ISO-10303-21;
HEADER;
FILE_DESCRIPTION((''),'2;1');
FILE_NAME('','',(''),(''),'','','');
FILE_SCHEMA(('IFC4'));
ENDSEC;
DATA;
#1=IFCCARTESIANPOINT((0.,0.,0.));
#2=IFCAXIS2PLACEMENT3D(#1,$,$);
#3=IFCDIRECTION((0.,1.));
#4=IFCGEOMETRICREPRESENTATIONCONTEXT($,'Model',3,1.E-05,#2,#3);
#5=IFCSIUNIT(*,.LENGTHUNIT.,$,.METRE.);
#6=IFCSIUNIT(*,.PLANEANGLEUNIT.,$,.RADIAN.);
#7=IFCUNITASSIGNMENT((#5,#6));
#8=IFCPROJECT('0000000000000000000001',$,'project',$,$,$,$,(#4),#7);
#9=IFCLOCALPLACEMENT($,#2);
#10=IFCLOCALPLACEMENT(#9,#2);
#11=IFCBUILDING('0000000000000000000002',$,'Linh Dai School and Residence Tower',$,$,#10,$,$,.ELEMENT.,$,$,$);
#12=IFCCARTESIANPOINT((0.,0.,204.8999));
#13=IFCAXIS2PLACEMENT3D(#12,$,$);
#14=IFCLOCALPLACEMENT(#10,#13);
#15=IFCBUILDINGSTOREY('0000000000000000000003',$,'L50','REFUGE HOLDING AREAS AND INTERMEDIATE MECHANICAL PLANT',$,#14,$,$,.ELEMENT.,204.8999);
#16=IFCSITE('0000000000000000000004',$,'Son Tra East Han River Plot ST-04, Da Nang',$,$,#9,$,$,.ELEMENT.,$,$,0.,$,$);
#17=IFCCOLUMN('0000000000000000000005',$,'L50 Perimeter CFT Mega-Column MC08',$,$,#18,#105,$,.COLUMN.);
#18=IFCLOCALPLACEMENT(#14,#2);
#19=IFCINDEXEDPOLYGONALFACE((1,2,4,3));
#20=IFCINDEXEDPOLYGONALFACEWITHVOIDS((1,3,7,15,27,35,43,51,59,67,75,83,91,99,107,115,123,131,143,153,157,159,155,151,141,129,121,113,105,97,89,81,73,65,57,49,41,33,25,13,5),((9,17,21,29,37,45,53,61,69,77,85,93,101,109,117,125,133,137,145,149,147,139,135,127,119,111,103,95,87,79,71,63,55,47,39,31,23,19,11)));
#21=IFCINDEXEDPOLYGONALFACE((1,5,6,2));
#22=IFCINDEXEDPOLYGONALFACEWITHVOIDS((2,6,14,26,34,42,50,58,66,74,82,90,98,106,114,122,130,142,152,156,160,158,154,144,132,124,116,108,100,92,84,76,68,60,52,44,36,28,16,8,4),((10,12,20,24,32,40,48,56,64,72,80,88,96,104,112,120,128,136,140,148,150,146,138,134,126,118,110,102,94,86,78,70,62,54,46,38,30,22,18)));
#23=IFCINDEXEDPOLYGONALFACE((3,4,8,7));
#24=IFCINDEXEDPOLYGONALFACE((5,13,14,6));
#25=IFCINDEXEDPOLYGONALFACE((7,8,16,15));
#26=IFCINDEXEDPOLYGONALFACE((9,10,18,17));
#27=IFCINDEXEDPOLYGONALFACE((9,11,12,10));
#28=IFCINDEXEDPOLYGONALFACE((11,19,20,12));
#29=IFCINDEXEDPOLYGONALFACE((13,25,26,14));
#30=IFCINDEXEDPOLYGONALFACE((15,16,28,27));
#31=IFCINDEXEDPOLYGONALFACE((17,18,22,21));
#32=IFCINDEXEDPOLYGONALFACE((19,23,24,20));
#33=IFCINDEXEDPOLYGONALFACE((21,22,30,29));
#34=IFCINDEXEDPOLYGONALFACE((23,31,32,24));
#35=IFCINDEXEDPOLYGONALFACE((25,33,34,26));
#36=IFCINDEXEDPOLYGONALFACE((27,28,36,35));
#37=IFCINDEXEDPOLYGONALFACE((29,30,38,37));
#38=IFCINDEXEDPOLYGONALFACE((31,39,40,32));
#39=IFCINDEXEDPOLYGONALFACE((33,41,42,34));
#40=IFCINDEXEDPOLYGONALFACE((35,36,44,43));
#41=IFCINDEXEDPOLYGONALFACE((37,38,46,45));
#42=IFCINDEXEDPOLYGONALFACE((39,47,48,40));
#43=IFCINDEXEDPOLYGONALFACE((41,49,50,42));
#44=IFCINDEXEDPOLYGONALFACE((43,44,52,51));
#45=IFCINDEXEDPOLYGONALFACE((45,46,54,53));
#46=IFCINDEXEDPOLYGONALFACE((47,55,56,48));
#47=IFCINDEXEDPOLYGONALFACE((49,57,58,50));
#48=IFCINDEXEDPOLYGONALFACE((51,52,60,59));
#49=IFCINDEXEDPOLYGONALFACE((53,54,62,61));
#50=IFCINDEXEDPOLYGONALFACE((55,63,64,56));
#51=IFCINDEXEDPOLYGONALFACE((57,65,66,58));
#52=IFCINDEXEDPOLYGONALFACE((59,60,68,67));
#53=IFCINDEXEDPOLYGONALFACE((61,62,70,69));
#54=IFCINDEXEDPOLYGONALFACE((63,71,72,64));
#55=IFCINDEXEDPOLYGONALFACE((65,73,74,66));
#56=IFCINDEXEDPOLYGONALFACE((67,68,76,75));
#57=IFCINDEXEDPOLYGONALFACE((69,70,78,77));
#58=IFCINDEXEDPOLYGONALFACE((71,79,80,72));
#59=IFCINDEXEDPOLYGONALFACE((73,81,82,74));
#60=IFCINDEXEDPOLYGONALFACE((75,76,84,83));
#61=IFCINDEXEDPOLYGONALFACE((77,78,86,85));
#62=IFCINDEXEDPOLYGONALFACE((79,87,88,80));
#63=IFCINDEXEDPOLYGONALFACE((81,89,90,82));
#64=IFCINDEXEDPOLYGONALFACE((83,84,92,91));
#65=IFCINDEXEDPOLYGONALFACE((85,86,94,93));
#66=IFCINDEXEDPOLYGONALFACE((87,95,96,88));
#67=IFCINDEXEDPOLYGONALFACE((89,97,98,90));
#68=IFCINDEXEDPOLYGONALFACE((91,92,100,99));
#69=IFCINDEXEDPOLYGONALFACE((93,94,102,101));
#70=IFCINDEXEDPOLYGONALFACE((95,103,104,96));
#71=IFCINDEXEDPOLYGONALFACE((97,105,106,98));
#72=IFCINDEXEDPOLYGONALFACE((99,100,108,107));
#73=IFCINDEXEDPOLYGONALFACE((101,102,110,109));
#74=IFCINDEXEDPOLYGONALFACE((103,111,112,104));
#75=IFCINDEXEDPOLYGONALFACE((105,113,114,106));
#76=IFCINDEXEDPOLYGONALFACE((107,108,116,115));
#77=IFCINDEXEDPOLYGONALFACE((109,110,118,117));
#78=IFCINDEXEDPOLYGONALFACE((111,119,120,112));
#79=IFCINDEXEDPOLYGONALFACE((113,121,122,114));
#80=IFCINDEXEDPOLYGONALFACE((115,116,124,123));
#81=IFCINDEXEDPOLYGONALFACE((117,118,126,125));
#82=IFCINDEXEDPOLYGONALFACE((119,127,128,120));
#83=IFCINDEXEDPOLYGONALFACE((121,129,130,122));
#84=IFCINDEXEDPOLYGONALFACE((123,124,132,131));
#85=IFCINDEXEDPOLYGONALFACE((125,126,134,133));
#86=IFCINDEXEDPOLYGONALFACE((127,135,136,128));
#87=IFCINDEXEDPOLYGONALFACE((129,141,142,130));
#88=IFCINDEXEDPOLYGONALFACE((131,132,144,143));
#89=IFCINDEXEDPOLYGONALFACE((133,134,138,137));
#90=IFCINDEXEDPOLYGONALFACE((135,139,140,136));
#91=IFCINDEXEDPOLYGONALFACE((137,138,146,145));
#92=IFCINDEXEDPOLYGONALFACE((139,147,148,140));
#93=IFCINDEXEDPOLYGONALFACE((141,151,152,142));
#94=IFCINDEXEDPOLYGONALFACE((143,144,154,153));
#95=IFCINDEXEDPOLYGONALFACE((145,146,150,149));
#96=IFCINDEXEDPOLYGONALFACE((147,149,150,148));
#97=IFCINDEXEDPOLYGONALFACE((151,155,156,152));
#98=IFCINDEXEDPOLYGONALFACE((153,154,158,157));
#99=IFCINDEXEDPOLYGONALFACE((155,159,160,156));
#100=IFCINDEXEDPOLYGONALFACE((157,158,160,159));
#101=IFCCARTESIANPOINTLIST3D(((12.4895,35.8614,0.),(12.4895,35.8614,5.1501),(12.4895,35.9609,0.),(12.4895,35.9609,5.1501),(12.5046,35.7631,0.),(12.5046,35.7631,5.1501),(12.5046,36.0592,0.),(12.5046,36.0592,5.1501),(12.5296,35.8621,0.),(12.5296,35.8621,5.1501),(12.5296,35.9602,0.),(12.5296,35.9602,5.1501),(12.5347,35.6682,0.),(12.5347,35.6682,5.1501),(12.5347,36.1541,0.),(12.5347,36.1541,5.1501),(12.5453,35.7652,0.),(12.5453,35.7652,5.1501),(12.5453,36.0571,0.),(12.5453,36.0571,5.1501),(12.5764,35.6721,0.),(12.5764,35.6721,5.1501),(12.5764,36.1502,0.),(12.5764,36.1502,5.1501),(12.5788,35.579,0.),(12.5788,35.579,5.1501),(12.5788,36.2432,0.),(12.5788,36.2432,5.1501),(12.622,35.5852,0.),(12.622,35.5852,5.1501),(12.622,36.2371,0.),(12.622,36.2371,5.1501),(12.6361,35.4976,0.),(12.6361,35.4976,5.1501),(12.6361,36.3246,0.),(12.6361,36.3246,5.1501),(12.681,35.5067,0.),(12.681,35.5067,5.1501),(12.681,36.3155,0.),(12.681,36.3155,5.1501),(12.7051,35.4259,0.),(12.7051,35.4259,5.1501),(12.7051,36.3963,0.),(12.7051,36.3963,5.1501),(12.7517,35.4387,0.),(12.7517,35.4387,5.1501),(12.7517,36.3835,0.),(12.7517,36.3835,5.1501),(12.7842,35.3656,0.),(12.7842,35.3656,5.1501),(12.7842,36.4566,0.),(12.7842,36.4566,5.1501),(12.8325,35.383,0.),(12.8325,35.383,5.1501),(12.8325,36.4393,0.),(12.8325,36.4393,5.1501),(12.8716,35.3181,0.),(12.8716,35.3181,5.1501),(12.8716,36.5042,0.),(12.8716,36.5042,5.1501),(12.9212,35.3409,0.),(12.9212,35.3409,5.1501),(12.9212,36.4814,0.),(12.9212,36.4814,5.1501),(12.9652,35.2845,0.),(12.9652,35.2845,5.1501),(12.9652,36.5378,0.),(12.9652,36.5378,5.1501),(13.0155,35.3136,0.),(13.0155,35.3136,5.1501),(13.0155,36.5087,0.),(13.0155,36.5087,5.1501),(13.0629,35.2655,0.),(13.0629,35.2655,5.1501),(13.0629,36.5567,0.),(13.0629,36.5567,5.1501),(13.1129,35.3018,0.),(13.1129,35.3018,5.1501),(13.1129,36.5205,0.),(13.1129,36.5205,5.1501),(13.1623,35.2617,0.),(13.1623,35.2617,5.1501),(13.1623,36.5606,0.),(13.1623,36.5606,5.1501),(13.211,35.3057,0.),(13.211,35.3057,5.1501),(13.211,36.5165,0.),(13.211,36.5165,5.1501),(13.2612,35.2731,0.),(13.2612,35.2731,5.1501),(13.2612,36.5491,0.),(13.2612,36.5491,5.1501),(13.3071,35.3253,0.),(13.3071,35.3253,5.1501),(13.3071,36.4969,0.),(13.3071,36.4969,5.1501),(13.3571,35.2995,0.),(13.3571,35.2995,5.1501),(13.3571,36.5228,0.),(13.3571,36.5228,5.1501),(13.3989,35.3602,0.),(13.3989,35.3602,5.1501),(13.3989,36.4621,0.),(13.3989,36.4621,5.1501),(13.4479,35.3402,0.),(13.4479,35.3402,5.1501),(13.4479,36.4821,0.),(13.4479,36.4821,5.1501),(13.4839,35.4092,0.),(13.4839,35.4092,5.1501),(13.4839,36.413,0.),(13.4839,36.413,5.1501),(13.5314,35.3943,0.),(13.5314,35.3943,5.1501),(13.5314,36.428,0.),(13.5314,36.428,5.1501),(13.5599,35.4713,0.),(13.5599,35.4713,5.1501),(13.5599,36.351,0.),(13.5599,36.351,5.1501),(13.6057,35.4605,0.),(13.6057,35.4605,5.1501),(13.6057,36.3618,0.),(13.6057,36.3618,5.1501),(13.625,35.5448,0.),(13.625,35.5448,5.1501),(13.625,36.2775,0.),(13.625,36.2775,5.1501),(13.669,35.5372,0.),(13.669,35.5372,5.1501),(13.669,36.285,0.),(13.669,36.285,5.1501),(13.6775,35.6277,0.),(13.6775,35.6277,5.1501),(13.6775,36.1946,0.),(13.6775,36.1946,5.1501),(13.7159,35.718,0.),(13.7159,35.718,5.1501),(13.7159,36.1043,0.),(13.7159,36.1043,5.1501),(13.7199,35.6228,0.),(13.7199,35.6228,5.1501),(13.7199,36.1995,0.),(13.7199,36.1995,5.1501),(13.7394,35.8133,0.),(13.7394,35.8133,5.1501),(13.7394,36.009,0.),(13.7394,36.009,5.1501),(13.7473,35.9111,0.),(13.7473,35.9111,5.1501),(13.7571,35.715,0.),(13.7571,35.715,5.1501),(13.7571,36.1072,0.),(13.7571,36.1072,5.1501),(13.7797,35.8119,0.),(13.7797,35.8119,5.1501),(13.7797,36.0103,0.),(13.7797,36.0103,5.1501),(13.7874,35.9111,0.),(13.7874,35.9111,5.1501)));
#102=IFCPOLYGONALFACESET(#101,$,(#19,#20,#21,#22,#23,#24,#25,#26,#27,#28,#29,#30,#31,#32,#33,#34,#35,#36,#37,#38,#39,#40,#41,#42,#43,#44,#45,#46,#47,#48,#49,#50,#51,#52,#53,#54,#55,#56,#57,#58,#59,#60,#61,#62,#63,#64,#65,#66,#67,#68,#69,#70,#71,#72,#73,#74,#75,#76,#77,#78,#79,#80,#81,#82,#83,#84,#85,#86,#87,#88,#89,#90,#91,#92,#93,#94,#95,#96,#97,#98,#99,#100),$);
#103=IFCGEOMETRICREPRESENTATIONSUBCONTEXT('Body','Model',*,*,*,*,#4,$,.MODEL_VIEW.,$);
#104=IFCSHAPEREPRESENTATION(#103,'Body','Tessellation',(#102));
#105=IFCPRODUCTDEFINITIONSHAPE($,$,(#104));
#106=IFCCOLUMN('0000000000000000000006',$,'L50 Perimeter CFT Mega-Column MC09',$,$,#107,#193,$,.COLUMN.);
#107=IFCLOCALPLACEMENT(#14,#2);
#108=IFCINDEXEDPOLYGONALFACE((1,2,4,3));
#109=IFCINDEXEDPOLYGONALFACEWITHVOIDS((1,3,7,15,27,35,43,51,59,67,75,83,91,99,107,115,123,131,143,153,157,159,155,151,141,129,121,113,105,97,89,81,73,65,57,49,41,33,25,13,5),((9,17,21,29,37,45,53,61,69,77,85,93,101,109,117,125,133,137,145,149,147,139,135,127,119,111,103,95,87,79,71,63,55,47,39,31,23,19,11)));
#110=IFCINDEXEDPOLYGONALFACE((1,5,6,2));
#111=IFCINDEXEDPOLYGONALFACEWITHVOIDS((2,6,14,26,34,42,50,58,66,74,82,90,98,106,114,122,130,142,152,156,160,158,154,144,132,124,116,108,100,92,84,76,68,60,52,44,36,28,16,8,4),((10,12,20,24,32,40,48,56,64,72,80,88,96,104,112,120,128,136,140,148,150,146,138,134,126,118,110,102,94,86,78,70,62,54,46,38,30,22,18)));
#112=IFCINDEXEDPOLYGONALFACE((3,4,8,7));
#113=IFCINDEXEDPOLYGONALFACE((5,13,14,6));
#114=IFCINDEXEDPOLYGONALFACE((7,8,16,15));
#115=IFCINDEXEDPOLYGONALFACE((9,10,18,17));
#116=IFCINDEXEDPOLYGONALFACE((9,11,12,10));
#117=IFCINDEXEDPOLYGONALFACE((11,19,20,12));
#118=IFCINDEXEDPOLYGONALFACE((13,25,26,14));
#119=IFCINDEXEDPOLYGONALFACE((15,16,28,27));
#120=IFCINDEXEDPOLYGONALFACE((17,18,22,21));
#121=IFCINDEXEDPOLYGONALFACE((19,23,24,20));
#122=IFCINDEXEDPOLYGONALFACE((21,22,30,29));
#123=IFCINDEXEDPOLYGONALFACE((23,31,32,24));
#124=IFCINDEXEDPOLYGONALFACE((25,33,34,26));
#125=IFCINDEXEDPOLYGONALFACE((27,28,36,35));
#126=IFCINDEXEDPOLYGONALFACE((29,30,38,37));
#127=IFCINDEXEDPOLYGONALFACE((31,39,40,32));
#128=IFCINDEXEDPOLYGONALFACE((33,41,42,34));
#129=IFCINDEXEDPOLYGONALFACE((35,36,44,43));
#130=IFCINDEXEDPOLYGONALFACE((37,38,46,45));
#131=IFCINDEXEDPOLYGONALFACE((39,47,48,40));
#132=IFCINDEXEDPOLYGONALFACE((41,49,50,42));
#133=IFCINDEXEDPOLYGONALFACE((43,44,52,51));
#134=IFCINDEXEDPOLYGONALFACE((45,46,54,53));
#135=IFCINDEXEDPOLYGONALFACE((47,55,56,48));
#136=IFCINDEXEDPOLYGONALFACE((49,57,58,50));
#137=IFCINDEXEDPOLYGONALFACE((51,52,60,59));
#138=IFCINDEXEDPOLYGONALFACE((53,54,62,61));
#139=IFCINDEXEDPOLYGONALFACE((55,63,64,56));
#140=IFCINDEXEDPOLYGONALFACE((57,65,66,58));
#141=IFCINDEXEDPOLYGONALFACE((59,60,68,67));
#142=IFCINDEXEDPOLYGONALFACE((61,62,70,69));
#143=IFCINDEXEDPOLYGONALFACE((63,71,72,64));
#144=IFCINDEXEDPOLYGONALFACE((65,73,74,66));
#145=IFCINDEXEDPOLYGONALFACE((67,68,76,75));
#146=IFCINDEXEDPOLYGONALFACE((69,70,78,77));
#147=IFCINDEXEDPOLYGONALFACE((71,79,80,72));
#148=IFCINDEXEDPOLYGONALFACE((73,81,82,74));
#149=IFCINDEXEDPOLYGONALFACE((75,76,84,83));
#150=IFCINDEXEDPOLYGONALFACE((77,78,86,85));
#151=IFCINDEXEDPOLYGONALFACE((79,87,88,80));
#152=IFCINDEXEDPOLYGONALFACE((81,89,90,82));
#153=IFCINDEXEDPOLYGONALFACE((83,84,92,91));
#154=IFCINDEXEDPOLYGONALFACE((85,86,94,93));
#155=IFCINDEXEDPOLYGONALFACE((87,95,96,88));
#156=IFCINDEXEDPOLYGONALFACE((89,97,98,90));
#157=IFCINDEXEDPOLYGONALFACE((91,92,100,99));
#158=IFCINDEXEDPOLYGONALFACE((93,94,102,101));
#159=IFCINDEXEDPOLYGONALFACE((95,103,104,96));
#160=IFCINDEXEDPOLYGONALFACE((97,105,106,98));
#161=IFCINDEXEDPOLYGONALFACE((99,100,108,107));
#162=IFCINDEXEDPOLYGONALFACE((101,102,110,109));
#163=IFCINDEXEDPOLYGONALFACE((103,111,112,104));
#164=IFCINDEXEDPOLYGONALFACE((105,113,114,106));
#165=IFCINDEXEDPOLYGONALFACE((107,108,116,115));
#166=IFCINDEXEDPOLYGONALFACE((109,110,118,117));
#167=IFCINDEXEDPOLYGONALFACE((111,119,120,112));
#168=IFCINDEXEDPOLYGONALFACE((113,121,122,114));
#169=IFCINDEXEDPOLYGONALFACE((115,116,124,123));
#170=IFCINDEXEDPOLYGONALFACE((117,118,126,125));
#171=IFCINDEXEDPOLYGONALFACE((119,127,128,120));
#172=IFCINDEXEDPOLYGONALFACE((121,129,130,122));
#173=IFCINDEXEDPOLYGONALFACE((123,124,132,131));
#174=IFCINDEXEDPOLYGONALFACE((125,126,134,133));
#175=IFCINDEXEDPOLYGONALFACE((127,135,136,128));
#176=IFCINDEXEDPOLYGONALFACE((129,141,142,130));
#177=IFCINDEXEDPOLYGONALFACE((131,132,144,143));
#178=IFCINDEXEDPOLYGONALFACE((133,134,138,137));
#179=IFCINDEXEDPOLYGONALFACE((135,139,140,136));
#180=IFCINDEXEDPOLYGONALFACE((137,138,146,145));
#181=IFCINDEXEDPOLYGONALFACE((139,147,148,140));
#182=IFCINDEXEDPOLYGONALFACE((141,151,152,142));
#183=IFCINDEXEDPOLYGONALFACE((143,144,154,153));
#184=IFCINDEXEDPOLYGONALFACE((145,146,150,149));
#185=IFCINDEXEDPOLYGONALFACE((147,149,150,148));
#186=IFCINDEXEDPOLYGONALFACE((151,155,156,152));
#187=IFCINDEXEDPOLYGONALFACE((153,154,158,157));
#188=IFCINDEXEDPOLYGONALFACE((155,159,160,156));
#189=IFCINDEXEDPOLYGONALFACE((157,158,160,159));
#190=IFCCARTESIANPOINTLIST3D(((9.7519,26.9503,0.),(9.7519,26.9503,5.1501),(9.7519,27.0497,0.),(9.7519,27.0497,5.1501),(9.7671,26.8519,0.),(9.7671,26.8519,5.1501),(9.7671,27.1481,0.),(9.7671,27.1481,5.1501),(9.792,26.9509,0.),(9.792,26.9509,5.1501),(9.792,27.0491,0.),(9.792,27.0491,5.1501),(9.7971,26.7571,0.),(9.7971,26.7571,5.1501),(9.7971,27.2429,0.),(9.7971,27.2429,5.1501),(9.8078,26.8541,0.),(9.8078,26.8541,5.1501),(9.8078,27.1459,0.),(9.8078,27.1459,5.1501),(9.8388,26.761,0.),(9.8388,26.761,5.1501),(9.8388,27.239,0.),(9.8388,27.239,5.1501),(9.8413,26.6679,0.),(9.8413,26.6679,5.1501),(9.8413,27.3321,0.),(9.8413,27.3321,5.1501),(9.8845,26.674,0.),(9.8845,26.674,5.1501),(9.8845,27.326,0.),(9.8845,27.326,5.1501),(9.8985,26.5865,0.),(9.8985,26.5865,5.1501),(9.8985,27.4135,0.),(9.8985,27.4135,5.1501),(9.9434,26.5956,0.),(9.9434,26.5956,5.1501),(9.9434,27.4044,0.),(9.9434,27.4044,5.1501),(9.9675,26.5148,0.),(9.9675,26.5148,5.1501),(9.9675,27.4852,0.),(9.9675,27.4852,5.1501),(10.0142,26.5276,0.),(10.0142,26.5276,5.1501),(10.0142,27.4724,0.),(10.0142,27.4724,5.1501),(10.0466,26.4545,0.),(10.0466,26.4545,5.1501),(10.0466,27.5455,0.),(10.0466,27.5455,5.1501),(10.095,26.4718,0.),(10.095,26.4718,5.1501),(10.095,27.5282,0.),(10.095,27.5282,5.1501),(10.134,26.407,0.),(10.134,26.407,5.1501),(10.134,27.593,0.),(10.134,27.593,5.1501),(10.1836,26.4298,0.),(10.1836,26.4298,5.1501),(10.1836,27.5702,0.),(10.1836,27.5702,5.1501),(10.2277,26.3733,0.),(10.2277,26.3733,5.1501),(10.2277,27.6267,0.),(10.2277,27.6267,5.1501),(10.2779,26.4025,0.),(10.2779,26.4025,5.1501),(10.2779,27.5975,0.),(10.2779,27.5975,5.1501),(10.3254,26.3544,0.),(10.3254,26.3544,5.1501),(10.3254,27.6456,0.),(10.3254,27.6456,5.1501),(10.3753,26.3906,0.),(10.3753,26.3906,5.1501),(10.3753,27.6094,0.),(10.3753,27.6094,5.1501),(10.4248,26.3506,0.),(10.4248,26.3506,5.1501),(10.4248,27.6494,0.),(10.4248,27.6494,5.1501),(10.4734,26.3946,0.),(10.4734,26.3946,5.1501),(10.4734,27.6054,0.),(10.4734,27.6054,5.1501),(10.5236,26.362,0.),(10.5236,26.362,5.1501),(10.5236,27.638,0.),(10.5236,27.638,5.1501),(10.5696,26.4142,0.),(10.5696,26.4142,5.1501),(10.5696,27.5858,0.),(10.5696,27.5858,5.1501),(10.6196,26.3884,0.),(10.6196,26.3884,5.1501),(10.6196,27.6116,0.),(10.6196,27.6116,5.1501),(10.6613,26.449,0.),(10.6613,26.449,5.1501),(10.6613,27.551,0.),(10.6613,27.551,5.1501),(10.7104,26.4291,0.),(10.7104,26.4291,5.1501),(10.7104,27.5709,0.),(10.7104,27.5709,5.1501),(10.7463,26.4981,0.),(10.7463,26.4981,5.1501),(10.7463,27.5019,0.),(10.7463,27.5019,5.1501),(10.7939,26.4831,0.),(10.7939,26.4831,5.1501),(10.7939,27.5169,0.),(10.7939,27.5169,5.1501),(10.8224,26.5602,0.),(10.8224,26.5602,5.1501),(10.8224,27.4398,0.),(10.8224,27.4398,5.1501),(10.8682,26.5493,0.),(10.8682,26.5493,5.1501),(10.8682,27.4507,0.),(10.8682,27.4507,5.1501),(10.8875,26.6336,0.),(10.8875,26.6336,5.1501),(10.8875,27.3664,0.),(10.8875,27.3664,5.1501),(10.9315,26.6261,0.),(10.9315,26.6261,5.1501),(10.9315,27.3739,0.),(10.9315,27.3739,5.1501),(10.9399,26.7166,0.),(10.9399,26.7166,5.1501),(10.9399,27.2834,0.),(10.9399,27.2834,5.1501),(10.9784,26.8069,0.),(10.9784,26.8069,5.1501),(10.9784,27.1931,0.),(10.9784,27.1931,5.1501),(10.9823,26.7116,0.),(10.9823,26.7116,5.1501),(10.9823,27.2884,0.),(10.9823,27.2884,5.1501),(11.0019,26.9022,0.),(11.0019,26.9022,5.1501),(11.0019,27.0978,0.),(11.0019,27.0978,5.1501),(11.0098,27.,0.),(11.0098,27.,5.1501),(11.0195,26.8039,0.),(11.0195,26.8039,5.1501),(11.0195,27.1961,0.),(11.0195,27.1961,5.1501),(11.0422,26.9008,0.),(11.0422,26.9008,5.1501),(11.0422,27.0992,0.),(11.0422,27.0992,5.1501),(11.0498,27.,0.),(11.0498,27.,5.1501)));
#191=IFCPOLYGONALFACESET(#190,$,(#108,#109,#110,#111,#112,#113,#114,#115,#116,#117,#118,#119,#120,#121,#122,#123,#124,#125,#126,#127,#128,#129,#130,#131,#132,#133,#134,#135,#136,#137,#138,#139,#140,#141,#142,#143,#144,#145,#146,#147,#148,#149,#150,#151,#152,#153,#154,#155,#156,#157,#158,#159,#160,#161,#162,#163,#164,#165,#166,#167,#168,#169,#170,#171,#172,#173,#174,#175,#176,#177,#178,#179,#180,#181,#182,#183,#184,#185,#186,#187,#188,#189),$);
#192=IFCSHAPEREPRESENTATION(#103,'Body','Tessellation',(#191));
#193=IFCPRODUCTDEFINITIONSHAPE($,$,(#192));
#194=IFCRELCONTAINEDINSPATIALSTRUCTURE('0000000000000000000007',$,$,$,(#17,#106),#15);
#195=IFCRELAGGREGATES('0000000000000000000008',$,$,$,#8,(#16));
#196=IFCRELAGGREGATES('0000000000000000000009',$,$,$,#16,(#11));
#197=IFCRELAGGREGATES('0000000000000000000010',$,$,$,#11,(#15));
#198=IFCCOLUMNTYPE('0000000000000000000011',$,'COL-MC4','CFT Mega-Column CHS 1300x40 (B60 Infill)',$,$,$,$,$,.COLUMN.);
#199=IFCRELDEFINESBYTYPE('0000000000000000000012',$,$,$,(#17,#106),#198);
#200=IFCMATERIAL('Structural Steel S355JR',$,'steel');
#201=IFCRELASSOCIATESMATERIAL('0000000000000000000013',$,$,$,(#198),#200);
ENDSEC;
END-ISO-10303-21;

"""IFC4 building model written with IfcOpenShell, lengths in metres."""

from ifc_helpers import new_model, si_unit, direction, frame, origin, origin_2d, place, context, subcontext, project, spatial, hollow_circle, extrude, material, material_profile, profile_set, type_object, element, save


model = new_model("IFC4")

# Units and contexts
model_context = context("Model", 3, precision=1e-05, world=origin(), true_north=direction((0.0, 1.0)))
body_context = subcontext(model_context, "Body", "Model", "MODEL_VIEW")
ifc_project = project(units=[si_unit("LENGTHUNIT", "METRE"), si_unit("PLANEANGLEUNIT", "RADIAN")], contexts=[model_context])

# Site, building, storey
site_placement = place(None, origin())
site = spatial("IfcSite", under=ifc_project, at=site_placement, Name="Son Tra East Han River Plot ST-04, Da Nang", CompositionType="ELEMENT", RefElevation=0.0)
building_placement = place(site_placement, origin())
building = spatial("IfcBuilding", under=site, at=building_placement, Name="Linh Dai School and Residence Tower", CompositionType="ELEMENT")
storey_placement = place(building_placement, frame((0.0, 0.0, 204.8999)))
storey = spatial("IfcBuildingStorey", under=building, at=storey_placement, Name="L50", Description="REFUGE HOLDING AREAS AND INTERMEDIATE MECHANICAL PLANT", CompositionType="ELEMENT", Elevation=204.8999)

# Columns
ifc_material_1 = material(Name="Structural Steel S355JR", Category="steel")
ifc_material_profile_1 = material_profile(ifc_material_1, hollow_circle(Radius=0.6499, WallThickness=0.04, at=origin_2d()), Name="CHS 1300x40")
ifc_profile_set_1 = profile_set([ifc_material_profile_1], Name="Structural Steel S355JR")
column_type = type_object("IfcColumnType", Name="COL-MC4", Description="CFT Mega-Column CHS 1300x40 (B60 Infill)", PredefinedType="COLUMN", material=ifc_profile_set_1)
for number, where, z_axis, x_axis, name in (
    (1, (13.1375, 35.9111, 0.0), (0.0, 0.0, 1.0), (1.0, 0.0, 0.0), "L50 Perimeter CFT Mega-Column MC08"),
    (2, (10.3999, 27.0, 0.0), (0.0, 0.0, 1.0), (1.0, 0.0, 0.0), "L50 Perimeter CFT Mega-Column MC09"),
):
    element("IfcColumn", number, at=place(storey_placement, frame(where, z_axis=z_axis, x_axis=x_axis)), inside=storey, type_object=column_type, Name=name, PredefinedType="COLUMN", context=body_context, shape_type="SweptSolid", body=[
        extrude(hollow_circle(Radius=0.6499, WallThickness=0.04, at=origin_2d()), origin(), (0.0, 0.0, 1.0), 5.1501),
    ])

save(model, "model.ifc")
